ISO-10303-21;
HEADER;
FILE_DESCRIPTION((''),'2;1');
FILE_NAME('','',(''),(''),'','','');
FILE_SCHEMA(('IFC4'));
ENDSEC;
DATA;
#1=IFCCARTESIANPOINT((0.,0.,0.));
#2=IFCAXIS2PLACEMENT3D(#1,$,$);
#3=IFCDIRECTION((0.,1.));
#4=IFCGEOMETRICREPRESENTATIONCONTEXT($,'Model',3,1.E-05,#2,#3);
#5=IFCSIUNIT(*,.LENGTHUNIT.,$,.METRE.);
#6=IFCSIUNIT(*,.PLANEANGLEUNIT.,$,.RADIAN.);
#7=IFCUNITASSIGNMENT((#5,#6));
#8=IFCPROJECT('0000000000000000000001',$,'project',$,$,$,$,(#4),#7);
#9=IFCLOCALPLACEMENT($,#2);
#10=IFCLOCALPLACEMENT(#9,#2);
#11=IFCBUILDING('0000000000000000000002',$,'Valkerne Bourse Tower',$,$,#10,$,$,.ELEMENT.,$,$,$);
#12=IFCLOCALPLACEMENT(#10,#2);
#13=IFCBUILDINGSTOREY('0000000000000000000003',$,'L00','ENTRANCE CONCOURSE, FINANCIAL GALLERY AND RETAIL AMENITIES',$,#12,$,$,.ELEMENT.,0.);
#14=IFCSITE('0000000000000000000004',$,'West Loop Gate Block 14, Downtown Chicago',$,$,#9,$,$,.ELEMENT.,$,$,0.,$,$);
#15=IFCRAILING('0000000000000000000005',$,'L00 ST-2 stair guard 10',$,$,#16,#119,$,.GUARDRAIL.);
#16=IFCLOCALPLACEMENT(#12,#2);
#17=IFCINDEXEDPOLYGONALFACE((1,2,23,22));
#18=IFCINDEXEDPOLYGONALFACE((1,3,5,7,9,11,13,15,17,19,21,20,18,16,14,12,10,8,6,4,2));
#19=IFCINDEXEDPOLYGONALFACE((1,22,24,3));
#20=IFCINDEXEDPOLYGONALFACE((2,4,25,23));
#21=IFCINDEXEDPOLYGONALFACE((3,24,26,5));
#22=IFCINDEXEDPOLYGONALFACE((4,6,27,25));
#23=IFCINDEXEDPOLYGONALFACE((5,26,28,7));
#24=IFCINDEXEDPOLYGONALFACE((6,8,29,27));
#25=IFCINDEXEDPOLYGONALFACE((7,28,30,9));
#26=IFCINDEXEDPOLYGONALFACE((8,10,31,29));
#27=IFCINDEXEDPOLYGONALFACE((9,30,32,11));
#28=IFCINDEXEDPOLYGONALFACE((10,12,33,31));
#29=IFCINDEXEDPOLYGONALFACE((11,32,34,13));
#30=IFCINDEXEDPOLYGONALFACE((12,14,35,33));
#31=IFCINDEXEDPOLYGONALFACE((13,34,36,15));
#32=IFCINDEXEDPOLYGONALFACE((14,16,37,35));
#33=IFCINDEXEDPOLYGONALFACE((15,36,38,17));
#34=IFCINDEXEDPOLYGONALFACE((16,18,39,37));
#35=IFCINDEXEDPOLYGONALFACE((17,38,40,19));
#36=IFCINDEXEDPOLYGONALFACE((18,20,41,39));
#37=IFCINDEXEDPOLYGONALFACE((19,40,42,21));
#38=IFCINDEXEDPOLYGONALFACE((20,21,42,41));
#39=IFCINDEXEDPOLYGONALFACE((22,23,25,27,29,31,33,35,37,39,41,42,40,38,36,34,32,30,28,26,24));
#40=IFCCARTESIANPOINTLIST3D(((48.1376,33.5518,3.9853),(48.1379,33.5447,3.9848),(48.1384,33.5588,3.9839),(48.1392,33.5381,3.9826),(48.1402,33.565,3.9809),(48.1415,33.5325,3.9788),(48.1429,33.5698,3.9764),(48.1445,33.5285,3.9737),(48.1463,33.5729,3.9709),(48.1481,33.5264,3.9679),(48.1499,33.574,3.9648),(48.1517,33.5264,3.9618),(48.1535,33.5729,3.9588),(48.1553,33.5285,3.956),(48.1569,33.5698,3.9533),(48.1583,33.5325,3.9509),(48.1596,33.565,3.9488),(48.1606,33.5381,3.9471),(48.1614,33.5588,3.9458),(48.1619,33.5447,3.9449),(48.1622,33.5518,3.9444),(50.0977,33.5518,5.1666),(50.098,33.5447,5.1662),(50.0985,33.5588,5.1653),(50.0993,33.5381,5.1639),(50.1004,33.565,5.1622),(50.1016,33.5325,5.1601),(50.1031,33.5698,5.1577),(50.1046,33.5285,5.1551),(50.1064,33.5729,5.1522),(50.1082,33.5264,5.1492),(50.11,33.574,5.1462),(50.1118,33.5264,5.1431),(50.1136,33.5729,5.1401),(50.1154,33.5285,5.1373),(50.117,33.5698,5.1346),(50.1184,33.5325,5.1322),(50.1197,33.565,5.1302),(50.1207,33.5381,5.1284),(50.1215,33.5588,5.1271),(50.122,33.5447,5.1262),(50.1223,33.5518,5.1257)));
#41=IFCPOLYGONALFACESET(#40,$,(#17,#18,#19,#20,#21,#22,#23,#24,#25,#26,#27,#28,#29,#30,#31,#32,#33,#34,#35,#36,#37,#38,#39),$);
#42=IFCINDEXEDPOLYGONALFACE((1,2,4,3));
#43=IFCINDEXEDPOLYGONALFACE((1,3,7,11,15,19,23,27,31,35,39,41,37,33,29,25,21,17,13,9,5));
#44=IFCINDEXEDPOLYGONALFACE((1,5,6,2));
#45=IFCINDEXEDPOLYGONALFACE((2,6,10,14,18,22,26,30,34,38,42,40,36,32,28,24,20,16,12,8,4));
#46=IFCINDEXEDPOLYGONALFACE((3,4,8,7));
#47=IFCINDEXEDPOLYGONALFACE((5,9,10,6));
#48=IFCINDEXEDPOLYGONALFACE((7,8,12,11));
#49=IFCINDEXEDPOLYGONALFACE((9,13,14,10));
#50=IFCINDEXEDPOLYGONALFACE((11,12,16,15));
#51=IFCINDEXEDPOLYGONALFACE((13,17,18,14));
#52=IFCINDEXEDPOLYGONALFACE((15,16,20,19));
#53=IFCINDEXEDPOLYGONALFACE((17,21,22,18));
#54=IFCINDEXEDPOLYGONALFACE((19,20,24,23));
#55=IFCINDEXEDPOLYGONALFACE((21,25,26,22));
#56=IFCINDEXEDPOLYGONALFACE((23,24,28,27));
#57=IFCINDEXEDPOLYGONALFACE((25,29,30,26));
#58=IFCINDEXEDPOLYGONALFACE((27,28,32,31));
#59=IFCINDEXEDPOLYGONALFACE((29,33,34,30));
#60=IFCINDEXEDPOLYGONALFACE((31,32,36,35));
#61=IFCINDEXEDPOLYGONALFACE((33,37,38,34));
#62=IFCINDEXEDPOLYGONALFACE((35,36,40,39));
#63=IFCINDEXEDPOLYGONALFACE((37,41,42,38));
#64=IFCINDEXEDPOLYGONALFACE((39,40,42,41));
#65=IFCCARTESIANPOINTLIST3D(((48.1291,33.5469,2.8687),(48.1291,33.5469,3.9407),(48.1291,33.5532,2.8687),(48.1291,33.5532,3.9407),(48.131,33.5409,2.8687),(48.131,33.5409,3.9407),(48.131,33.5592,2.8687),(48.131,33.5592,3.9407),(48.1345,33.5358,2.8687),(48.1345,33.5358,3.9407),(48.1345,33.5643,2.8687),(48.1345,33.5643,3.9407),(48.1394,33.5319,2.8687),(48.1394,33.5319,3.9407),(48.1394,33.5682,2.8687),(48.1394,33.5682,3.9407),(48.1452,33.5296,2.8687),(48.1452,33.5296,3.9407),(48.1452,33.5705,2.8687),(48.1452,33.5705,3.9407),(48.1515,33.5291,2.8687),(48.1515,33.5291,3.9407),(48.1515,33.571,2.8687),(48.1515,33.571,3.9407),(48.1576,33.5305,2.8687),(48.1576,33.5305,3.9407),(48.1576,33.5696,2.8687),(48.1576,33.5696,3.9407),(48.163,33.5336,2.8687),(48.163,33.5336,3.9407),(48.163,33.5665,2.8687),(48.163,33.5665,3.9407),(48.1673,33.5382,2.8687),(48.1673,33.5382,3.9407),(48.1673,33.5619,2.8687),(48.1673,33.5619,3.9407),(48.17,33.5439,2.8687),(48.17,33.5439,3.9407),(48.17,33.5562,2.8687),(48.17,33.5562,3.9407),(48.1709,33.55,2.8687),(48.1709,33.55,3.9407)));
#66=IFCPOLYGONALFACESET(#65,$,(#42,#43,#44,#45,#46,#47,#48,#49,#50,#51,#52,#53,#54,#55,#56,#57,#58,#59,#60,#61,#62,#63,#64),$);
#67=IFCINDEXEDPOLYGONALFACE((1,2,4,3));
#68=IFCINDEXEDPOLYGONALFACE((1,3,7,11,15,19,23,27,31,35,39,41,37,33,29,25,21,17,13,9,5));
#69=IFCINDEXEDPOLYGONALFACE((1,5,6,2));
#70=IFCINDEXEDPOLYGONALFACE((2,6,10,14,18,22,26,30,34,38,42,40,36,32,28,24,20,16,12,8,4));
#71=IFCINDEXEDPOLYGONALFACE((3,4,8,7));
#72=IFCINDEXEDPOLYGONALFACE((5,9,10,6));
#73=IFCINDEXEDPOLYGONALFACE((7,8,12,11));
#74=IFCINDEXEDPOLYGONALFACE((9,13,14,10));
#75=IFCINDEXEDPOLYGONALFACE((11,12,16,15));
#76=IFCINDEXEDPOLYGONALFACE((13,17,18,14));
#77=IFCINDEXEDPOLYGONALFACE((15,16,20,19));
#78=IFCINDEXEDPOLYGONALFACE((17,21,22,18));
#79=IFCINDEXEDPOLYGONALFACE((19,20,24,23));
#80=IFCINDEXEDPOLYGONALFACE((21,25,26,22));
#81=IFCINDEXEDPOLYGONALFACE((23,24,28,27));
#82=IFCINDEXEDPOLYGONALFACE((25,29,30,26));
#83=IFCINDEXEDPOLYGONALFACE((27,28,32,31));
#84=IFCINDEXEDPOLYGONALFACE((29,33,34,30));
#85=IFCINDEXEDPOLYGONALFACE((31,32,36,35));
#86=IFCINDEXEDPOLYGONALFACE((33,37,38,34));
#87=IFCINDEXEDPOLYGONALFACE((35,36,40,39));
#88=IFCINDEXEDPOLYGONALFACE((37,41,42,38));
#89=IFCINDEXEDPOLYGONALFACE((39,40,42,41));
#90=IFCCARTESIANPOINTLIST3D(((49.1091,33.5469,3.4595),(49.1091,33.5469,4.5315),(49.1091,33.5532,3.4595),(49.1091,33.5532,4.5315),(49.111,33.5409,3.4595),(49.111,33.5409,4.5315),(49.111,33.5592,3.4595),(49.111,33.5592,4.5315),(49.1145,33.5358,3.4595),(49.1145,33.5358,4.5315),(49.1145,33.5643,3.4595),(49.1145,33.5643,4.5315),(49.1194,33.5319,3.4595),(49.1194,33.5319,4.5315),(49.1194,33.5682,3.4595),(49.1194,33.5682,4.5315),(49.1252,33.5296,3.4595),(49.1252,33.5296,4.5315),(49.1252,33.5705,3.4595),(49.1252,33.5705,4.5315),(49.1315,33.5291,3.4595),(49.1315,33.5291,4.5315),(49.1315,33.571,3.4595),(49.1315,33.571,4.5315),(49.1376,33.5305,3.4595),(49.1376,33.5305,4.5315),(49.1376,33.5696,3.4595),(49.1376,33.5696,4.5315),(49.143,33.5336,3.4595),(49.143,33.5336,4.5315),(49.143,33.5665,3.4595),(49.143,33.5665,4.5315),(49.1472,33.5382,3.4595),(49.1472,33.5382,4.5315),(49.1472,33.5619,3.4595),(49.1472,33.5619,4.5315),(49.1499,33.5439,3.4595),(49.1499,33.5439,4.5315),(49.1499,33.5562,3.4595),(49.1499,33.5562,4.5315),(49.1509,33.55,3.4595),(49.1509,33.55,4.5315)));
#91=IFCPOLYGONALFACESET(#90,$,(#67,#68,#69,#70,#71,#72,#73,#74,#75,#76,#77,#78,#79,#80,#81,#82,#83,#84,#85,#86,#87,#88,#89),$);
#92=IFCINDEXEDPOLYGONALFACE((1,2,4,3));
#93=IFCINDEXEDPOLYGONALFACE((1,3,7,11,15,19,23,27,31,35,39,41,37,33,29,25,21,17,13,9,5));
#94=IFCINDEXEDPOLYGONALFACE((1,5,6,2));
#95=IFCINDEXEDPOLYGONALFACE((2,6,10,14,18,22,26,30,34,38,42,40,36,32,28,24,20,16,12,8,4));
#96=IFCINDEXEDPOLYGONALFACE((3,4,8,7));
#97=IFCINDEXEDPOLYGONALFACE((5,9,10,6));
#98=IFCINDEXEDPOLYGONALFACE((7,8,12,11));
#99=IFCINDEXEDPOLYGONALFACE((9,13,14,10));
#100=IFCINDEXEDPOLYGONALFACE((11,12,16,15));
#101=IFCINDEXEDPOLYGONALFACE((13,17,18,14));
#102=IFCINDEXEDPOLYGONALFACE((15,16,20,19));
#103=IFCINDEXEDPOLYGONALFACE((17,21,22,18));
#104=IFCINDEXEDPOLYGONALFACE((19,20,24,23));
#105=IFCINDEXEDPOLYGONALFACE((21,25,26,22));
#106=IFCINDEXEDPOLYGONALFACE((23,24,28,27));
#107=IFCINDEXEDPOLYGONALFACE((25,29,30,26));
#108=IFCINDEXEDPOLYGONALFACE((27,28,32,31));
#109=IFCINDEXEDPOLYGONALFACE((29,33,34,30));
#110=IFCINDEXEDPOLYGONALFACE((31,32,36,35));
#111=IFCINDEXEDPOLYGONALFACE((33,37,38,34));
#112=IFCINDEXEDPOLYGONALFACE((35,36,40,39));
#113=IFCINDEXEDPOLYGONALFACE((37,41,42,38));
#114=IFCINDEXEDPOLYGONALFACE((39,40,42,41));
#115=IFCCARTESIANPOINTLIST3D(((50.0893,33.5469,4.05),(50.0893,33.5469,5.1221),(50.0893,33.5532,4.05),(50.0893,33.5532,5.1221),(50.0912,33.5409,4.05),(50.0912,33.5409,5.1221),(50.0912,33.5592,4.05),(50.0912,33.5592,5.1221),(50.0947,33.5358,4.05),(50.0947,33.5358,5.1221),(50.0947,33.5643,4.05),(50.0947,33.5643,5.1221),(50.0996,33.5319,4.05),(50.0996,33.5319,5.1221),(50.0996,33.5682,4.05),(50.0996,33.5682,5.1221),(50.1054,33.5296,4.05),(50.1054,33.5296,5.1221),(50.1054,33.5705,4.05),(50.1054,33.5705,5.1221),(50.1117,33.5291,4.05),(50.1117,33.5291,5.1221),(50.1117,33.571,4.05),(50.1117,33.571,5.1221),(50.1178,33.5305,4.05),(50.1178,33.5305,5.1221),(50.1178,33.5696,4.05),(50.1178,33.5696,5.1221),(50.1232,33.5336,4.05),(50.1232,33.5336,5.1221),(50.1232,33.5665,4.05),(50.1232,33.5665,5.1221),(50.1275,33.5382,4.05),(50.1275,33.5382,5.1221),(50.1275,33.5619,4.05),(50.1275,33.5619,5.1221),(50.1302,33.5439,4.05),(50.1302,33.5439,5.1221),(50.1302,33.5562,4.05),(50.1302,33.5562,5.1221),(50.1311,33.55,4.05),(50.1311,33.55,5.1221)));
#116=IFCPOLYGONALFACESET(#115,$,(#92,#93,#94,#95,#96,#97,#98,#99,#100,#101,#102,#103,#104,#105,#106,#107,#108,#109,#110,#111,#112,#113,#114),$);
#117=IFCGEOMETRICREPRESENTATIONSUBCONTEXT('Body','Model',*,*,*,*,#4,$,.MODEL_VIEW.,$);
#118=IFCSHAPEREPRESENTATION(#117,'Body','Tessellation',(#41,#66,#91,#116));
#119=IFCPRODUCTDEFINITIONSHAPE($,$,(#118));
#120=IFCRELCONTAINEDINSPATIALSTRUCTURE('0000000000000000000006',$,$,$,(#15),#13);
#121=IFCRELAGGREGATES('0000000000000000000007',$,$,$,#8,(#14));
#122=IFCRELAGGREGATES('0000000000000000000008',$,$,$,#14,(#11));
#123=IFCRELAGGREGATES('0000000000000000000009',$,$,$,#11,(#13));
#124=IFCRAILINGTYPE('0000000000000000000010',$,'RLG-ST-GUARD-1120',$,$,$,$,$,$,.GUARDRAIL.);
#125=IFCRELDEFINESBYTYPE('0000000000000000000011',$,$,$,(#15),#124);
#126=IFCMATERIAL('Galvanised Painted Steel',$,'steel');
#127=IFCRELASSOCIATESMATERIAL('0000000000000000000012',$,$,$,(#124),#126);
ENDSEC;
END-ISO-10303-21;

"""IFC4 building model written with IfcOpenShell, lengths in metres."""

from ifc_helpers import new_model, si_unit, direction, frame, origin, origin_2d, place, context, subcontext, project, spatial, circle, extrude, material, type_object, element, save


model = new_model("IFC4")

# Units and contexts
model_context = context("Model", 3, precision=1e-05, world=origin(), true_north=direction((0.0, 1.0)))
body_context = subcontext(model_context, "Body", "Model", "MODEL_VIEW")
ifc_project = project(units=[si_unit("LENGTHUNIT", "METRE"), si_unit("PLANEANGLEUNIT", "RADIAN")], contexts=[model_context])

# Site, building, storey
site_placement = place(None, origin())
site = spatial("IfcSite", under=ifc_project, at=site_placement, Name="West Loop Gate Block 14, Downtown Chicago", CompositionType="ELEMENT", RefElevation=0.0)
building_placement = place(site_placement, origin())
building = spatial("IfcBuilding", under=site, at=building_placement, Name="Valkerne Bourse Tower", CompositionType="ELEMENT")
storey_placement = place(building_placement, origin())
storey = spatial("IfcBuildingStorey", under=building, at=storey_placement, Name="L00", Description="ENTRANCE CONCOURSE, FINANCIAL GALLERY AND RETAIL AMENITIES", CompositionType="ELEMENT", Elevation=0.0)

# Shared definitions
ifc_material_1 = material(Name="Galvanised Painted Steel", Category="steel")

# Railing
railing_type_1 = type_object("IfcRailingType", Name="RLG-ST-GUARD-1120", PredefinedType="GUARDRAIL", material=ifc_material_1)
railing_1_placement = place(storey_placement, frame((48.1499, 33.55, 2.8687)))
element("IfcRailing", 1, at=railing_1_placement, inside=storey, type_object=railing_type_1, Name="L00 ST-2 stair guard 10", PredefinedType="GUARDRAIL", context=body_context, shape_type="SweptSolid", body=[
    extrude(circle(Radius=0.0239, at=origin_2d()), frame((0.0, 0.0, 1.0962), z_axis=(0.856475, 0.0, 0.516189), x_axis=(0.0, 1.0, 0.0)), (0.0, 0.0, 1.0), 2.2886),
    extrude(circle(Radius=0.021, at=origin_2d()), origin(), (0.0, 0.0, 1.0), 1.072),
    extrude(circle(Radius=0.021, at=origin_2d()), frame((0.98, 0.0, 0.5908)), (0.0, 0.0, 1.0), 1.072),
    extrude(circle(Radius=0.021, at=origin_2d()), frame((1.9602, 0.0, 1.1814)), (0.0, 0.0, 1.0), 1.072),
])

save(model, "model.ifc")
